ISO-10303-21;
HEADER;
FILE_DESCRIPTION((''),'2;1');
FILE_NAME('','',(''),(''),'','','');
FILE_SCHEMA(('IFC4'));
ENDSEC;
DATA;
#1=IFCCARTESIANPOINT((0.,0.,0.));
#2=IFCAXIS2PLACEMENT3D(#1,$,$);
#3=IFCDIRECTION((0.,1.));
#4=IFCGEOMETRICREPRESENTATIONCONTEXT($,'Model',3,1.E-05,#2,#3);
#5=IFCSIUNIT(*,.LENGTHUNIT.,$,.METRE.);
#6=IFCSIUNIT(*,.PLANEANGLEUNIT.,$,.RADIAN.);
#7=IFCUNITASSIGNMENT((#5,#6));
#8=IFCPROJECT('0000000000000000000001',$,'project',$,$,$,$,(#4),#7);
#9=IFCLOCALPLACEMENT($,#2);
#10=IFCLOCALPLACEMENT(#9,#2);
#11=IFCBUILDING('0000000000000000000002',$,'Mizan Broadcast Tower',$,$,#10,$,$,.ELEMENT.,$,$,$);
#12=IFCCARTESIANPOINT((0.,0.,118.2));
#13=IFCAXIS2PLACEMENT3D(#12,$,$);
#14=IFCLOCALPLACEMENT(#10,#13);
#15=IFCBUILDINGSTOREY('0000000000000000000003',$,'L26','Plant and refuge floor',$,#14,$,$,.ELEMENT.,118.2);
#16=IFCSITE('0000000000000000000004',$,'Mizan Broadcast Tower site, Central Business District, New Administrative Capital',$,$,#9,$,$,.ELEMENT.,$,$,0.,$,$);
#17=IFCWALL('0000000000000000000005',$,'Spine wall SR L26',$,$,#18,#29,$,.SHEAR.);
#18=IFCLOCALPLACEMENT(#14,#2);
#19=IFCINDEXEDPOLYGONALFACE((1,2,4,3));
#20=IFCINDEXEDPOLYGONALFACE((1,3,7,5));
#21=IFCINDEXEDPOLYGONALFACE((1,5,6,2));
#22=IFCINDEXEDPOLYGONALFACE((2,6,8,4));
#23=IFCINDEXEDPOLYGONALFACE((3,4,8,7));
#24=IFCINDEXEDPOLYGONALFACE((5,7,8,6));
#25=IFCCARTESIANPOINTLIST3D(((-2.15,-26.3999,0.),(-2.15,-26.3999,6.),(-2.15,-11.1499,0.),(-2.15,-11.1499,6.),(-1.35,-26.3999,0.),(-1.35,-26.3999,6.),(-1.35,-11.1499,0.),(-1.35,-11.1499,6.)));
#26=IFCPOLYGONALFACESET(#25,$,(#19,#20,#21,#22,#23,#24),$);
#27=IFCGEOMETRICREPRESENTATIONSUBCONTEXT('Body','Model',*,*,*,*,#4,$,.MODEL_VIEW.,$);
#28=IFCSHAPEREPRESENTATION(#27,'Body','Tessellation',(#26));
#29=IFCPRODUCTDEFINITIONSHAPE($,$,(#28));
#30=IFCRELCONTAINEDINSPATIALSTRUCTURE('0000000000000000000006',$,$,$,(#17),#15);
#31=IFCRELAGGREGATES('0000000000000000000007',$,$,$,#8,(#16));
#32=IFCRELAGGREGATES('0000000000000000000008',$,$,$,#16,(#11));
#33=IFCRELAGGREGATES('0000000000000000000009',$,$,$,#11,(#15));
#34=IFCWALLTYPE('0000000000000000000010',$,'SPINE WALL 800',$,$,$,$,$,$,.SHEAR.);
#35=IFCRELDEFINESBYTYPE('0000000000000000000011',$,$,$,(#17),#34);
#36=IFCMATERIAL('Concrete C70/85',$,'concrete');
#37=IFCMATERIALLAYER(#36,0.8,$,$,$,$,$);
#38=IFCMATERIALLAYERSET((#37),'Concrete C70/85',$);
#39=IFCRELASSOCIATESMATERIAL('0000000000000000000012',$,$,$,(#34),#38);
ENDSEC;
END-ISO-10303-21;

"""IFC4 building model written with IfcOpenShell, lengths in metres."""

from ifc_helpers import new_model, si_unit, direction, frame, frame_2d, origin, place, context, subcontext, project, spatial, rectangle, extrude, material, layer, layer_set, type_object, element, save


model = new_model("IFC4")

# Units and contexts
model_context = context("Model", 3, precision=1e-05, world=origin(), true_north=direction((0.0, 1.0)))
body_context = subcontext(model_context, "Body", "Model", "MODEL_VIEW")
ifc_project = project(units=[si_unit("LENGTHUNIT", "METRE"), si_unit("PLANEANGLEUNIT", "RADIAN")], contexts=[model_context])

# Site, building, storey
site_placement = place(None, origin())
site = spatial("IfcSite", under=ifc_project, at=site_placement, Name="Mizan Broadcast Tower site, Central Business District, New Administrative Capital", CompositionType="ELEMENT", RefElevation=0.0)
building_placement = place(site_placement, origin())
building = spatial("IfcBuilding", under=site, at=building_placement, Name="Mizan Broadcast Tower", CompositionType="ELEMENT")
storey_placement = place(building_placement, frame((0.0, 0.0, 118.2)))
storey = spatial("IfcBuildingStorey", under=building, at=storey_placement, Name="L26", Description="Plant and refuge floor", CompositionType="ELEMENT", Elevation=118.2)

# Wall
ifc_material_1 = material(Name="Concrete C70/85", Category="concrete")
ifc_layer_1 = layer(ifc_material_1, 0.8)
ifc_layer_set_1 = layer_set([ifc_layer_1], Name="Concrete C70/85")
wall_type_1 = type_object("IfcWallType", Name="SPINE WALL 800", PredefinedType="SHEAR", material=ifc_layer_set_1)
wall_1_placement = place(storey_placement, frame((-1.75, -11.1499, 0.0), z_axis=(0.0, 0.0, 1.0), x_axis=(0.0, -1.0, 0.0)))
element("IfcWall", 1, at=wall_1_placement, inside=storey, type_object=wall_type_1, Name="Spine wall SR L26", PredefinedType="SHEAR", context=body_context, shape_type="SweptSolid", body=[
    extrude(rectangle(XDim=15.25, YDim=0.8, at=frame_2d((7.625, 0.0))), origin(), (0.0, 0.0, 1.0), 6.0),
])

save(model, "model.ifc")
